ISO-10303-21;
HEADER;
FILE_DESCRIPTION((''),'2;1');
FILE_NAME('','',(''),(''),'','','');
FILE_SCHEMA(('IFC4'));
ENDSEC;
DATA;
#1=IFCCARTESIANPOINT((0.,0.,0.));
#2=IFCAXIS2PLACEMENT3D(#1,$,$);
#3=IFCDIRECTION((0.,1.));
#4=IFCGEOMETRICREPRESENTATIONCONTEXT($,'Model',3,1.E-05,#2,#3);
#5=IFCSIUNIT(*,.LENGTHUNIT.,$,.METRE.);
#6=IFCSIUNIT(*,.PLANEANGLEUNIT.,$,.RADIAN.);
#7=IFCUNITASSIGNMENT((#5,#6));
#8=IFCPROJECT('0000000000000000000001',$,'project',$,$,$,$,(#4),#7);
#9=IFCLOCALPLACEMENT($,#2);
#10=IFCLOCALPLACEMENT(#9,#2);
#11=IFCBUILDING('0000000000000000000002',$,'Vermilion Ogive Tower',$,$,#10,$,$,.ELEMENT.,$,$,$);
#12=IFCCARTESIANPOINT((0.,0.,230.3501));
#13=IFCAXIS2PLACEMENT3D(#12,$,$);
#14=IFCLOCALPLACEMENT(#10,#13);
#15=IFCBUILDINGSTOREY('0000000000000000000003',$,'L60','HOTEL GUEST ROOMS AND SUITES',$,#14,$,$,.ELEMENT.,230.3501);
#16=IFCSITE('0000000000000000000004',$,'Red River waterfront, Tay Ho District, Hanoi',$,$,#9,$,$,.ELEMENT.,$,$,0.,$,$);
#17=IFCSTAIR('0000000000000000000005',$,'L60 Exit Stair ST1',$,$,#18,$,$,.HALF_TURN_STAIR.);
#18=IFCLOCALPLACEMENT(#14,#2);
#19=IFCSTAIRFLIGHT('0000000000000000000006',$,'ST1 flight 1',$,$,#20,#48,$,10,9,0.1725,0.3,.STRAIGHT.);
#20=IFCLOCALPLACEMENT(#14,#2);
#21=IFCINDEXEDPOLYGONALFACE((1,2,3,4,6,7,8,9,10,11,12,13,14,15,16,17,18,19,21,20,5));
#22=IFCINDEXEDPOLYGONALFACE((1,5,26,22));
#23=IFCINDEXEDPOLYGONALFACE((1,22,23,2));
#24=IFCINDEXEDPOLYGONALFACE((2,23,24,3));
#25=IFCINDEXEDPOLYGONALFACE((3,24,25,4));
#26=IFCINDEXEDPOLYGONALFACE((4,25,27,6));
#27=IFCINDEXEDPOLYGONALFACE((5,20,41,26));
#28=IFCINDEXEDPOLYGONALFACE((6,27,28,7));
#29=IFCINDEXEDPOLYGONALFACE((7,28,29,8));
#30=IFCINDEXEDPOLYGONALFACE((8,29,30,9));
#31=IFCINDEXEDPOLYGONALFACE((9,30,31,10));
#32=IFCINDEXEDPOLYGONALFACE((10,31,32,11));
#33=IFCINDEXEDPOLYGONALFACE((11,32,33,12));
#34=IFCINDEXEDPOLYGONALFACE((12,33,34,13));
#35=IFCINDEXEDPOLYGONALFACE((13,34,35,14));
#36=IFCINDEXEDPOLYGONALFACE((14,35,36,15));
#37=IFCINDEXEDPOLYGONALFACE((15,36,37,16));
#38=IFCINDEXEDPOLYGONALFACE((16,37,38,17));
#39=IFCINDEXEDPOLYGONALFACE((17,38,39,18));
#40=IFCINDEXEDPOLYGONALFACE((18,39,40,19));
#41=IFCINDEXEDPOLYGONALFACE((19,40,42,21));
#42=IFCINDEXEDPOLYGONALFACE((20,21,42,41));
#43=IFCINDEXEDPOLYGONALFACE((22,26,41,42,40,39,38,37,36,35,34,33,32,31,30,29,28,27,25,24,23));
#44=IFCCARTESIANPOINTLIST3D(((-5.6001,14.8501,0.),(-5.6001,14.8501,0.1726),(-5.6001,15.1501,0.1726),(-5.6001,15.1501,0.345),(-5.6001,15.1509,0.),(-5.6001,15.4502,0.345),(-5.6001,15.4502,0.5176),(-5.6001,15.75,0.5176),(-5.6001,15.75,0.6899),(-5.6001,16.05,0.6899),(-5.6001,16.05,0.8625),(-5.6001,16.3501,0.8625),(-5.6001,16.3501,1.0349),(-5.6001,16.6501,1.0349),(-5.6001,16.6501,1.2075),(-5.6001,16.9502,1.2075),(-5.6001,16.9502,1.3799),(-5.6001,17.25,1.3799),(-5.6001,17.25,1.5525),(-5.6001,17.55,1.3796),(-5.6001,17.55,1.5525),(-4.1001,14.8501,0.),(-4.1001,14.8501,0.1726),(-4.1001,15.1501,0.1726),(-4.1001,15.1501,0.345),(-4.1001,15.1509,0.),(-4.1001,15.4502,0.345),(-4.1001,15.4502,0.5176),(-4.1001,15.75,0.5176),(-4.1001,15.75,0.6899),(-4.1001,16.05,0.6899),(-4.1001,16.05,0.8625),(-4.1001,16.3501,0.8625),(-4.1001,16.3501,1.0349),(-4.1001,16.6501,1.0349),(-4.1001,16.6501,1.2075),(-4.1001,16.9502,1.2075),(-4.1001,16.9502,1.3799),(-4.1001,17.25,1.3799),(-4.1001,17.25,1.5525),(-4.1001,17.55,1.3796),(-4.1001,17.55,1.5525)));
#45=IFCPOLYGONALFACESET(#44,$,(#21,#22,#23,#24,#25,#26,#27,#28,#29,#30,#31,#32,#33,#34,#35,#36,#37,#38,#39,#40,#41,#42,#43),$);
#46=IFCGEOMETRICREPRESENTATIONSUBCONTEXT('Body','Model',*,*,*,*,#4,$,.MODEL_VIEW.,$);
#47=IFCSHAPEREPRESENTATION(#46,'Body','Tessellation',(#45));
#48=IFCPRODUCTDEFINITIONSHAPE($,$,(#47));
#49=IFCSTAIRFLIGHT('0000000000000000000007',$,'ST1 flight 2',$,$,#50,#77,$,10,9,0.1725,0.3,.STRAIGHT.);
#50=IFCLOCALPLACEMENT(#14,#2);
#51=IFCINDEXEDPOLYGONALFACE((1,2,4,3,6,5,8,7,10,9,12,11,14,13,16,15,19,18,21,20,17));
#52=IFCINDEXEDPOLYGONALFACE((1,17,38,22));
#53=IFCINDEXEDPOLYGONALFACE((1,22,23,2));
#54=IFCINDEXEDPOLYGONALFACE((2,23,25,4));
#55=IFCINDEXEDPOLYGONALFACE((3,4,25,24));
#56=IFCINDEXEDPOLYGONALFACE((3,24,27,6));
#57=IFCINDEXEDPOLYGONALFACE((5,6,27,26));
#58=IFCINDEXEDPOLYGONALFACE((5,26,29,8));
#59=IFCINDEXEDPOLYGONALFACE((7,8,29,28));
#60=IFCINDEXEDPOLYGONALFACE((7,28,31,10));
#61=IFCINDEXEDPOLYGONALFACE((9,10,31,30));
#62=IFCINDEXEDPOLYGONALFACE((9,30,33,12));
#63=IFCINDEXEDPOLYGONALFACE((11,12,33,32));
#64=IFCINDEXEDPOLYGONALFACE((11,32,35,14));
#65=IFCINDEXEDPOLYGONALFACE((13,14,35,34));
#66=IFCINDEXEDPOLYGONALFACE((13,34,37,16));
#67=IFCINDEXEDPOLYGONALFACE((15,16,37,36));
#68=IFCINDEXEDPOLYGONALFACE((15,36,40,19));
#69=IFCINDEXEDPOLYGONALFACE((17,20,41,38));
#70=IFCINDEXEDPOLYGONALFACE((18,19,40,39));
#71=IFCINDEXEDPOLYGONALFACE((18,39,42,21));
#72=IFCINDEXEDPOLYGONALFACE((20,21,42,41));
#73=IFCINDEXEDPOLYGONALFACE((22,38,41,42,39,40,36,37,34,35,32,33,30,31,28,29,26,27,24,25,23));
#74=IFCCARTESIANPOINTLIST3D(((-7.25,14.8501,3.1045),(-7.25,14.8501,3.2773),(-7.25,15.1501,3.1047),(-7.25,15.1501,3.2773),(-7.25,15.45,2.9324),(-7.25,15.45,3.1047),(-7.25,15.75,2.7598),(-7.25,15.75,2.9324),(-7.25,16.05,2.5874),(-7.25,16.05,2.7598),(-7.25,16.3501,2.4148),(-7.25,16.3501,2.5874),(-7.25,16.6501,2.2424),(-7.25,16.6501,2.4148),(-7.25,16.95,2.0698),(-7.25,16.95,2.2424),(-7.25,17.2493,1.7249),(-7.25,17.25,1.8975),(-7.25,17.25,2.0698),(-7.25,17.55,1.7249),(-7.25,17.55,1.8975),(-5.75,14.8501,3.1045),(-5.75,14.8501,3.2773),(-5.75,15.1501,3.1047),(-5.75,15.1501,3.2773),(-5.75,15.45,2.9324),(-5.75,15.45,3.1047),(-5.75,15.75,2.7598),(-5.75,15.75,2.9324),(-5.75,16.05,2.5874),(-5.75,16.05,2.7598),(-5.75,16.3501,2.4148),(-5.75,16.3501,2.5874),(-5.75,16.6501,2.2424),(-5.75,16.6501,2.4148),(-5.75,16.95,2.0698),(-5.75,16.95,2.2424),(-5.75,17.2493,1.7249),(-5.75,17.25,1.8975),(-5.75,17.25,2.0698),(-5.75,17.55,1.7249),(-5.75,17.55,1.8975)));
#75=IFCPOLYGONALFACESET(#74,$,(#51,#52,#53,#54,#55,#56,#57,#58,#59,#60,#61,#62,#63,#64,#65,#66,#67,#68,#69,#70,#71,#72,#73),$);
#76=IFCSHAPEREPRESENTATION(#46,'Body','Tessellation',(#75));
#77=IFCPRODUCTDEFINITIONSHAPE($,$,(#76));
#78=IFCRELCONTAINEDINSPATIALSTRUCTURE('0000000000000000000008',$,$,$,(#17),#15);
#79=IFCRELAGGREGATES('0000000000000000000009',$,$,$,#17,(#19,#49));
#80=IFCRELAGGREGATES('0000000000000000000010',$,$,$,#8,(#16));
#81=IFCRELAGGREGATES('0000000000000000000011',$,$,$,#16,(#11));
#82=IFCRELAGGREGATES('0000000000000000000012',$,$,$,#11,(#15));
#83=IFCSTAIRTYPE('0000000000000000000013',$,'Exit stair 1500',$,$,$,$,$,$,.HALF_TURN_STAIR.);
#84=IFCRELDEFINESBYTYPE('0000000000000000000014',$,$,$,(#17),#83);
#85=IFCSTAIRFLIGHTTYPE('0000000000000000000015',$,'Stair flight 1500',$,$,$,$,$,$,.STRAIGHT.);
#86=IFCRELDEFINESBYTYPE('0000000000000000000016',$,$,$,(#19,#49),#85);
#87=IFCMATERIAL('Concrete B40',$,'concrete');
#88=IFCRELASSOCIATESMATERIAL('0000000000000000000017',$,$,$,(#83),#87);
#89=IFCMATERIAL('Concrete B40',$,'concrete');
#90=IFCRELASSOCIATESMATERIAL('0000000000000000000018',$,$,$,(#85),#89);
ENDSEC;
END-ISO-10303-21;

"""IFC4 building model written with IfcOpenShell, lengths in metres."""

from ifc_helpers import new_model, si_unit, direction, frame, origin, place, context, subcontext, project, spatial, polyline, outline, extrude, material, type_object, element, aggregate, save


model = new_model("IFC4")

# Units and contexts
model_context = context("Model", 3, precision=1e-05, world=origin(), true_north=direction((0.0, 1.0)))
body_context = subcontext(model_context, "Body", "Model", "MODEL_VIEW")
ifc_project = project(units=[si_unit("LENGTHUNIT", "METRE"), si_unit("PLANEANGLEUNIT", "RADIAN")], contexts=[model_context])

# Site, building, storey
site_placement = place(None, origin())
site = spatial("IfcSite", under=ifc_project, at=site_placement, Name="Red River waterfront, Tay Ho District, Hanoi", CompositionType="ELEMENT", RefElevation=0.0)
building_placement = place(site_placement, origin())
building = spatial("IfcBuilding", under=site, at=building_placement, Name="Vermilion Ogive Tower", CompositionType="ELEMENT")
storey_placement = place(building_placement, frame((0.0, 0.0, 230.3501)))
storey = spatial("IfcBuildingStorey", under=building, at=storey_placement, Name="L60", Description="HOTEL GUEST ROOMS AND SUITES", CompositionType="ELEMENT", Elevation=230.3501)

# Stair, stair flights
ifc_material_1 = material(Name="Concrete B40", Category="concrete")
stair_type = type_object("IfcStairType", Name="Exit stair 1500", PredefinedType="HALF_TURN_STAIR", material=ifc_material_1)
stair_placement = place(storey_placement, origin())
stair = element("IfcStair", 1, at=stair_placement, inside=storey, type_object=stair_type, Name="L60 Exit Stair ST1", PredefinedType="HALF_TURN_STAIR")
ifc_material_2 = material(Name="Concrete B40", Category="concrete")
stair_flight_type = type_object("IfcStairFlightType", Name="Stair flight 1500", PredefinedType="STRAIGHT", material=ifc_material_2)
stair_flight_1_placement = place(storey_placement, frame((-4.8501, 14.8501, 0.0), z_axis=(0.0, 0.0, 1.0), x_axis=(0.0, 1.0, 0.0)))
stair_flight_1 = element("IfcStairFlight", 2, at=stair_flight_1_placement, type_object=stair_flight_type, Name="ST1 flight 1", NumberOfRisers=10, NumberOfTreads=9, PredefinedType="STRAIGHT", RiserHeight=0.1725, TreadLength=0.3, context=body_context, shape_type="SweptSolid", body=[
    extrude(outline(polyline([(0.0, 0.0), (0.0, 0.1726), (0.3, 0.1726), (0.3, 0.345), (0.6001, 0.345), (0.6001, 0.5176), (0.8999, 0.5176), (0.8999, 0.6899), (1.2, 0.6899), (1.2, 0.8625), (1.5, 0.8625), (1.5, 1.0349), (1.8, 1.0349), (1.8, 1.2075), (2.1001, 1.2075), (2.1001, 1.3799), (2.3999, 1.3799), (2.3999, 1.5525), (2.7, 1.5525), (2.7, 1.7251), (2.7, 1.3796), (0.3008, 0.0), (0.0, 0.0)])), frame((0.0, 0.75, 0.0), z_axis=(0.0, -1.0, 0.0), x_axis=(1.0, 0.0, 0.0)), (0.0, 0.0, 1.0), 1.5),
])
stair_flight_2_placement = place(storey_placement, frame((-6.5, 17.55, 1.7249), z_axis=(0.0, 0.0, 1.0), x_axis=(0.0, -1.0, 0.0)))
stair_flight_2 = element("IfcStairFlight", 3, at=stair_flight_2_placement, type_object=stair_flight_type, Name="ST1 flight 2", NumberOfRisers=10, NumberOfTreads=9, PredefinedType="STRAIGHT", RiserHeight=0.1725, TreadLength=0.3, context=body_context, shape_type="SweptSolid", body=[
    extrude(outline(polyline([(0.0, 0.0), (0.0, 0.1726), (0.3, 0.1726), (0.3, 0.345), (0.6001, 0.345), (0.6001, 0.5176), (0.8999, 0.5176), (0.8999, 0.6899), (1.2, 0.6899), (1.2, 0.8625), (1.5, 0.8625), (1.5, 1.0349), (1.8, 1.0349), (1.8, 1.2075), (2.1001, 1.2075), (2.1001, 1.3799), (2.3999, 1.3799), (2.3999, 1.5525), (2.7, 1.5525), (2.7, 1.7251), (2.7, 1.3796), (0.3008, 0.0), (0.0, 0.0)])), frame((0.0, 0.75, 0.0), z_axis=(0.0, -1.0, 0.0), x_axis=(1.0, 0.0, 0.0)), (0.0, 0.0, 1.0), 1.5),
])
aggregate(stair, [stair_flight_1, stair_flight_2])

save(model, "model.ifc")
